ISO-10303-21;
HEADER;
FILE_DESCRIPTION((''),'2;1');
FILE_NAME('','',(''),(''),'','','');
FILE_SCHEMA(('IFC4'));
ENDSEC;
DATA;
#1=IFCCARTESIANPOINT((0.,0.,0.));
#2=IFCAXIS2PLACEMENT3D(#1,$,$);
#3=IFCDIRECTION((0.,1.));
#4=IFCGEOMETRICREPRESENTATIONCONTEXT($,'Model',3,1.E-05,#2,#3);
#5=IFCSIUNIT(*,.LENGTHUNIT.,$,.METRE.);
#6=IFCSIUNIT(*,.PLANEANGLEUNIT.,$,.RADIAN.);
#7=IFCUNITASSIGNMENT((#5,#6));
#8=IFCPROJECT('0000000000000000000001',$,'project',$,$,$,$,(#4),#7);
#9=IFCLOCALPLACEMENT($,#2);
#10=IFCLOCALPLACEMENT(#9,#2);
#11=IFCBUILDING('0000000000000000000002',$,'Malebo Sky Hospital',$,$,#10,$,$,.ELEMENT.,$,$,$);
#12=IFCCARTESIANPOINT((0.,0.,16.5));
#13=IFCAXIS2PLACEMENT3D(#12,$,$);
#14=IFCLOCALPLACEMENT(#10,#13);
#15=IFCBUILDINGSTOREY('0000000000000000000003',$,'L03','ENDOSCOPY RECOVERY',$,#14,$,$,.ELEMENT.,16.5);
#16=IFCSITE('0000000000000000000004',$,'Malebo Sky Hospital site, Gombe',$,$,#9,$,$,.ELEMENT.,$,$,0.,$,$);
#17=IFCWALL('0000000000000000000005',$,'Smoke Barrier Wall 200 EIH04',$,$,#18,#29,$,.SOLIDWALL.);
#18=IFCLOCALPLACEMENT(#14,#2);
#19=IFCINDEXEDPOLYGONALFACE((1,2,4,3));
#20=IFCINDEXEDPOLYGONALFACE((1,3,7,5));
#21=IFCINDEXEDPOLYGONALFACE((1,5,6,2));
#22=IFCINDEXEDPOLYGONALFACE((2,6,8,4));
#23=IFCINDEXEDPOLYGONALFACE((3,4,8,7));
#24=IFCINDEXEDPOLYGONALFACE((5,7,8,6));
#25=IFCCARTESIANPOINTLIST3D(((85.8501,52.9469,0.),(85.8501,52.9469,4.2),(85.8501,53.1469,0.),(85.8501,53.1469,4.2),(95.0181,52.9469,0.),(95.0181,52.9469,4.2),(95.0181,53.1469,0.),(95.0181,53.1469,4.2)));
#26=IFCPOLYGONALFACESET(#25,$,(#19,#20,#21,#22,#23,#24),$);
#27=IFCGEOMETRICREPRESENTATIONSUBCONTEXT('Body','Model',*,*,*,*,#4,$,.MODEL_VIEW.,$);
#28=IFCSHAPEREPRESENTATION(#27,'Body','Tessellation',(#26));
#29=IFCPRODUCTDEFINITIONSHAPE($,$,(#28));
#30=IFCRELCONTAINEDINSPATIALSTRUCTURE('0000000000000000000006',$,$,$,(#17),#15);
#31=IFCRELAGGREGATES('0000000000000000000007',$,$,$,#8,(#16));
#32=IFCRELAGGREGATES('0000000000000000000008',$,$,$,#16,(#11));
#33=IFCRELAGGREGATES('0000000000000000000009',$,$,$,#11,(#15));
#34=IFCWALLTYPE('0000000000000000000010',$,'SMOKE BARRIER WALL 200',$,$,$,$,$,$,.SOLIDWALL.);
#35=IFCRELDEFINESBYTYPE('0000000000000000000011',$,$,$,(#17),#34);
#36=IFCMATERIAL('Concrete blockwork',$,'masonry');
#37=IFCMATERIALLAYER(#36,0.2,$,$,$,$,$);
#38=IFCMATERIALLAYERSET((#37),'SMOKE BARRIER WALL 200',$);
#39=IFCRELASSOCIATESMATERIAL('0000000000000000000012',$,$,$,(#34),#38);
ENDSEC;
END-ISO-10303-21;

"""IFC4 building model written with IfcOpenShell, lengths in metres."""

from ifc_helpers import new_model, si_unit, direction, frame, frame_2d, origin, place, context, subcontext, project, spatial, rectangle, extrude, material, layer, layer_set, type_object, element, save


model = new_model("IFC4")

# Units and contexts
model_context = context("Model", 3, precision=1e-05, world=origin(), true_north=direction((0.0, 1.0)))
body_context = subcontext(model_context, "Body", "Model", "MODEL_VIEW")
ifc_project = project(units=[si_unit("LENGTHUNIT", "METRE"), si_unit("PLANEANGLEUNIT", "RADIAN")], contexts=[model_context])

# Site, building, storey
site_placement = place(None, origin())
site = spatial("IfcSite", under=ifc_project, at=site_placement, Name="Malebo Sky Hospital site, Gombe", CompositionType="ELEMENT", RefElevation=0.0)
building_placement = place(site_placement, origin())
building = spatial("IfcBuilding", under=site, at=building_placement, Name="Malebo Sky Hospital", CompositionType="ELEMENT")
storey_placement = place(building_placement, frame((0.0, 0.0, 16.5)))
storey = spatial("IfcBuildingStorey", under=building, at=storey_placement, Name="L03", Description="ENDOSCOPY RECOVERY", CompositionType="ELEMENT", Elevation=16.5)

# Shared definitions
ifc_material_1 = material(Name="Concrete blockwork", Category="masonry")
ifc_layer_1 = layer(ifc_material_1, 0.2)
ifc_layer_set_1 = layer_set([ifc_layer_1], Name="SMOKE BARRIER WALL 200")
wall_type_1 = type_object("IfcWallType", Name="SMOKE BARRIER WALL 200", PredefinedType="SOLIDWALL", material=ifc_layer_set_1)

# Wall
wall_1_placement = place(storey_placement, frame((95.0181, 53.0469, 0.0), z_axis=(0.0, 0.0, 1.0), x_axis=(-1.0, 0.0, 0.0)))
element("IfcWall", 1, at=wall_1_placement, inside=storey, type_object=wall_type_1, Name="Smoke Barrier Wall 200 EIH04", PredefinedType="SOLIDWALL", context=body_context, shape_type="SweptSolid", body=[
    extrude(rectangle(XDim=9.168, YDim=0.2, at=frame_2d((4.584, 0.0))), origin(), (0.0, 0.0, 1.0), 4.2),
])

save(model, "model.ifc")
